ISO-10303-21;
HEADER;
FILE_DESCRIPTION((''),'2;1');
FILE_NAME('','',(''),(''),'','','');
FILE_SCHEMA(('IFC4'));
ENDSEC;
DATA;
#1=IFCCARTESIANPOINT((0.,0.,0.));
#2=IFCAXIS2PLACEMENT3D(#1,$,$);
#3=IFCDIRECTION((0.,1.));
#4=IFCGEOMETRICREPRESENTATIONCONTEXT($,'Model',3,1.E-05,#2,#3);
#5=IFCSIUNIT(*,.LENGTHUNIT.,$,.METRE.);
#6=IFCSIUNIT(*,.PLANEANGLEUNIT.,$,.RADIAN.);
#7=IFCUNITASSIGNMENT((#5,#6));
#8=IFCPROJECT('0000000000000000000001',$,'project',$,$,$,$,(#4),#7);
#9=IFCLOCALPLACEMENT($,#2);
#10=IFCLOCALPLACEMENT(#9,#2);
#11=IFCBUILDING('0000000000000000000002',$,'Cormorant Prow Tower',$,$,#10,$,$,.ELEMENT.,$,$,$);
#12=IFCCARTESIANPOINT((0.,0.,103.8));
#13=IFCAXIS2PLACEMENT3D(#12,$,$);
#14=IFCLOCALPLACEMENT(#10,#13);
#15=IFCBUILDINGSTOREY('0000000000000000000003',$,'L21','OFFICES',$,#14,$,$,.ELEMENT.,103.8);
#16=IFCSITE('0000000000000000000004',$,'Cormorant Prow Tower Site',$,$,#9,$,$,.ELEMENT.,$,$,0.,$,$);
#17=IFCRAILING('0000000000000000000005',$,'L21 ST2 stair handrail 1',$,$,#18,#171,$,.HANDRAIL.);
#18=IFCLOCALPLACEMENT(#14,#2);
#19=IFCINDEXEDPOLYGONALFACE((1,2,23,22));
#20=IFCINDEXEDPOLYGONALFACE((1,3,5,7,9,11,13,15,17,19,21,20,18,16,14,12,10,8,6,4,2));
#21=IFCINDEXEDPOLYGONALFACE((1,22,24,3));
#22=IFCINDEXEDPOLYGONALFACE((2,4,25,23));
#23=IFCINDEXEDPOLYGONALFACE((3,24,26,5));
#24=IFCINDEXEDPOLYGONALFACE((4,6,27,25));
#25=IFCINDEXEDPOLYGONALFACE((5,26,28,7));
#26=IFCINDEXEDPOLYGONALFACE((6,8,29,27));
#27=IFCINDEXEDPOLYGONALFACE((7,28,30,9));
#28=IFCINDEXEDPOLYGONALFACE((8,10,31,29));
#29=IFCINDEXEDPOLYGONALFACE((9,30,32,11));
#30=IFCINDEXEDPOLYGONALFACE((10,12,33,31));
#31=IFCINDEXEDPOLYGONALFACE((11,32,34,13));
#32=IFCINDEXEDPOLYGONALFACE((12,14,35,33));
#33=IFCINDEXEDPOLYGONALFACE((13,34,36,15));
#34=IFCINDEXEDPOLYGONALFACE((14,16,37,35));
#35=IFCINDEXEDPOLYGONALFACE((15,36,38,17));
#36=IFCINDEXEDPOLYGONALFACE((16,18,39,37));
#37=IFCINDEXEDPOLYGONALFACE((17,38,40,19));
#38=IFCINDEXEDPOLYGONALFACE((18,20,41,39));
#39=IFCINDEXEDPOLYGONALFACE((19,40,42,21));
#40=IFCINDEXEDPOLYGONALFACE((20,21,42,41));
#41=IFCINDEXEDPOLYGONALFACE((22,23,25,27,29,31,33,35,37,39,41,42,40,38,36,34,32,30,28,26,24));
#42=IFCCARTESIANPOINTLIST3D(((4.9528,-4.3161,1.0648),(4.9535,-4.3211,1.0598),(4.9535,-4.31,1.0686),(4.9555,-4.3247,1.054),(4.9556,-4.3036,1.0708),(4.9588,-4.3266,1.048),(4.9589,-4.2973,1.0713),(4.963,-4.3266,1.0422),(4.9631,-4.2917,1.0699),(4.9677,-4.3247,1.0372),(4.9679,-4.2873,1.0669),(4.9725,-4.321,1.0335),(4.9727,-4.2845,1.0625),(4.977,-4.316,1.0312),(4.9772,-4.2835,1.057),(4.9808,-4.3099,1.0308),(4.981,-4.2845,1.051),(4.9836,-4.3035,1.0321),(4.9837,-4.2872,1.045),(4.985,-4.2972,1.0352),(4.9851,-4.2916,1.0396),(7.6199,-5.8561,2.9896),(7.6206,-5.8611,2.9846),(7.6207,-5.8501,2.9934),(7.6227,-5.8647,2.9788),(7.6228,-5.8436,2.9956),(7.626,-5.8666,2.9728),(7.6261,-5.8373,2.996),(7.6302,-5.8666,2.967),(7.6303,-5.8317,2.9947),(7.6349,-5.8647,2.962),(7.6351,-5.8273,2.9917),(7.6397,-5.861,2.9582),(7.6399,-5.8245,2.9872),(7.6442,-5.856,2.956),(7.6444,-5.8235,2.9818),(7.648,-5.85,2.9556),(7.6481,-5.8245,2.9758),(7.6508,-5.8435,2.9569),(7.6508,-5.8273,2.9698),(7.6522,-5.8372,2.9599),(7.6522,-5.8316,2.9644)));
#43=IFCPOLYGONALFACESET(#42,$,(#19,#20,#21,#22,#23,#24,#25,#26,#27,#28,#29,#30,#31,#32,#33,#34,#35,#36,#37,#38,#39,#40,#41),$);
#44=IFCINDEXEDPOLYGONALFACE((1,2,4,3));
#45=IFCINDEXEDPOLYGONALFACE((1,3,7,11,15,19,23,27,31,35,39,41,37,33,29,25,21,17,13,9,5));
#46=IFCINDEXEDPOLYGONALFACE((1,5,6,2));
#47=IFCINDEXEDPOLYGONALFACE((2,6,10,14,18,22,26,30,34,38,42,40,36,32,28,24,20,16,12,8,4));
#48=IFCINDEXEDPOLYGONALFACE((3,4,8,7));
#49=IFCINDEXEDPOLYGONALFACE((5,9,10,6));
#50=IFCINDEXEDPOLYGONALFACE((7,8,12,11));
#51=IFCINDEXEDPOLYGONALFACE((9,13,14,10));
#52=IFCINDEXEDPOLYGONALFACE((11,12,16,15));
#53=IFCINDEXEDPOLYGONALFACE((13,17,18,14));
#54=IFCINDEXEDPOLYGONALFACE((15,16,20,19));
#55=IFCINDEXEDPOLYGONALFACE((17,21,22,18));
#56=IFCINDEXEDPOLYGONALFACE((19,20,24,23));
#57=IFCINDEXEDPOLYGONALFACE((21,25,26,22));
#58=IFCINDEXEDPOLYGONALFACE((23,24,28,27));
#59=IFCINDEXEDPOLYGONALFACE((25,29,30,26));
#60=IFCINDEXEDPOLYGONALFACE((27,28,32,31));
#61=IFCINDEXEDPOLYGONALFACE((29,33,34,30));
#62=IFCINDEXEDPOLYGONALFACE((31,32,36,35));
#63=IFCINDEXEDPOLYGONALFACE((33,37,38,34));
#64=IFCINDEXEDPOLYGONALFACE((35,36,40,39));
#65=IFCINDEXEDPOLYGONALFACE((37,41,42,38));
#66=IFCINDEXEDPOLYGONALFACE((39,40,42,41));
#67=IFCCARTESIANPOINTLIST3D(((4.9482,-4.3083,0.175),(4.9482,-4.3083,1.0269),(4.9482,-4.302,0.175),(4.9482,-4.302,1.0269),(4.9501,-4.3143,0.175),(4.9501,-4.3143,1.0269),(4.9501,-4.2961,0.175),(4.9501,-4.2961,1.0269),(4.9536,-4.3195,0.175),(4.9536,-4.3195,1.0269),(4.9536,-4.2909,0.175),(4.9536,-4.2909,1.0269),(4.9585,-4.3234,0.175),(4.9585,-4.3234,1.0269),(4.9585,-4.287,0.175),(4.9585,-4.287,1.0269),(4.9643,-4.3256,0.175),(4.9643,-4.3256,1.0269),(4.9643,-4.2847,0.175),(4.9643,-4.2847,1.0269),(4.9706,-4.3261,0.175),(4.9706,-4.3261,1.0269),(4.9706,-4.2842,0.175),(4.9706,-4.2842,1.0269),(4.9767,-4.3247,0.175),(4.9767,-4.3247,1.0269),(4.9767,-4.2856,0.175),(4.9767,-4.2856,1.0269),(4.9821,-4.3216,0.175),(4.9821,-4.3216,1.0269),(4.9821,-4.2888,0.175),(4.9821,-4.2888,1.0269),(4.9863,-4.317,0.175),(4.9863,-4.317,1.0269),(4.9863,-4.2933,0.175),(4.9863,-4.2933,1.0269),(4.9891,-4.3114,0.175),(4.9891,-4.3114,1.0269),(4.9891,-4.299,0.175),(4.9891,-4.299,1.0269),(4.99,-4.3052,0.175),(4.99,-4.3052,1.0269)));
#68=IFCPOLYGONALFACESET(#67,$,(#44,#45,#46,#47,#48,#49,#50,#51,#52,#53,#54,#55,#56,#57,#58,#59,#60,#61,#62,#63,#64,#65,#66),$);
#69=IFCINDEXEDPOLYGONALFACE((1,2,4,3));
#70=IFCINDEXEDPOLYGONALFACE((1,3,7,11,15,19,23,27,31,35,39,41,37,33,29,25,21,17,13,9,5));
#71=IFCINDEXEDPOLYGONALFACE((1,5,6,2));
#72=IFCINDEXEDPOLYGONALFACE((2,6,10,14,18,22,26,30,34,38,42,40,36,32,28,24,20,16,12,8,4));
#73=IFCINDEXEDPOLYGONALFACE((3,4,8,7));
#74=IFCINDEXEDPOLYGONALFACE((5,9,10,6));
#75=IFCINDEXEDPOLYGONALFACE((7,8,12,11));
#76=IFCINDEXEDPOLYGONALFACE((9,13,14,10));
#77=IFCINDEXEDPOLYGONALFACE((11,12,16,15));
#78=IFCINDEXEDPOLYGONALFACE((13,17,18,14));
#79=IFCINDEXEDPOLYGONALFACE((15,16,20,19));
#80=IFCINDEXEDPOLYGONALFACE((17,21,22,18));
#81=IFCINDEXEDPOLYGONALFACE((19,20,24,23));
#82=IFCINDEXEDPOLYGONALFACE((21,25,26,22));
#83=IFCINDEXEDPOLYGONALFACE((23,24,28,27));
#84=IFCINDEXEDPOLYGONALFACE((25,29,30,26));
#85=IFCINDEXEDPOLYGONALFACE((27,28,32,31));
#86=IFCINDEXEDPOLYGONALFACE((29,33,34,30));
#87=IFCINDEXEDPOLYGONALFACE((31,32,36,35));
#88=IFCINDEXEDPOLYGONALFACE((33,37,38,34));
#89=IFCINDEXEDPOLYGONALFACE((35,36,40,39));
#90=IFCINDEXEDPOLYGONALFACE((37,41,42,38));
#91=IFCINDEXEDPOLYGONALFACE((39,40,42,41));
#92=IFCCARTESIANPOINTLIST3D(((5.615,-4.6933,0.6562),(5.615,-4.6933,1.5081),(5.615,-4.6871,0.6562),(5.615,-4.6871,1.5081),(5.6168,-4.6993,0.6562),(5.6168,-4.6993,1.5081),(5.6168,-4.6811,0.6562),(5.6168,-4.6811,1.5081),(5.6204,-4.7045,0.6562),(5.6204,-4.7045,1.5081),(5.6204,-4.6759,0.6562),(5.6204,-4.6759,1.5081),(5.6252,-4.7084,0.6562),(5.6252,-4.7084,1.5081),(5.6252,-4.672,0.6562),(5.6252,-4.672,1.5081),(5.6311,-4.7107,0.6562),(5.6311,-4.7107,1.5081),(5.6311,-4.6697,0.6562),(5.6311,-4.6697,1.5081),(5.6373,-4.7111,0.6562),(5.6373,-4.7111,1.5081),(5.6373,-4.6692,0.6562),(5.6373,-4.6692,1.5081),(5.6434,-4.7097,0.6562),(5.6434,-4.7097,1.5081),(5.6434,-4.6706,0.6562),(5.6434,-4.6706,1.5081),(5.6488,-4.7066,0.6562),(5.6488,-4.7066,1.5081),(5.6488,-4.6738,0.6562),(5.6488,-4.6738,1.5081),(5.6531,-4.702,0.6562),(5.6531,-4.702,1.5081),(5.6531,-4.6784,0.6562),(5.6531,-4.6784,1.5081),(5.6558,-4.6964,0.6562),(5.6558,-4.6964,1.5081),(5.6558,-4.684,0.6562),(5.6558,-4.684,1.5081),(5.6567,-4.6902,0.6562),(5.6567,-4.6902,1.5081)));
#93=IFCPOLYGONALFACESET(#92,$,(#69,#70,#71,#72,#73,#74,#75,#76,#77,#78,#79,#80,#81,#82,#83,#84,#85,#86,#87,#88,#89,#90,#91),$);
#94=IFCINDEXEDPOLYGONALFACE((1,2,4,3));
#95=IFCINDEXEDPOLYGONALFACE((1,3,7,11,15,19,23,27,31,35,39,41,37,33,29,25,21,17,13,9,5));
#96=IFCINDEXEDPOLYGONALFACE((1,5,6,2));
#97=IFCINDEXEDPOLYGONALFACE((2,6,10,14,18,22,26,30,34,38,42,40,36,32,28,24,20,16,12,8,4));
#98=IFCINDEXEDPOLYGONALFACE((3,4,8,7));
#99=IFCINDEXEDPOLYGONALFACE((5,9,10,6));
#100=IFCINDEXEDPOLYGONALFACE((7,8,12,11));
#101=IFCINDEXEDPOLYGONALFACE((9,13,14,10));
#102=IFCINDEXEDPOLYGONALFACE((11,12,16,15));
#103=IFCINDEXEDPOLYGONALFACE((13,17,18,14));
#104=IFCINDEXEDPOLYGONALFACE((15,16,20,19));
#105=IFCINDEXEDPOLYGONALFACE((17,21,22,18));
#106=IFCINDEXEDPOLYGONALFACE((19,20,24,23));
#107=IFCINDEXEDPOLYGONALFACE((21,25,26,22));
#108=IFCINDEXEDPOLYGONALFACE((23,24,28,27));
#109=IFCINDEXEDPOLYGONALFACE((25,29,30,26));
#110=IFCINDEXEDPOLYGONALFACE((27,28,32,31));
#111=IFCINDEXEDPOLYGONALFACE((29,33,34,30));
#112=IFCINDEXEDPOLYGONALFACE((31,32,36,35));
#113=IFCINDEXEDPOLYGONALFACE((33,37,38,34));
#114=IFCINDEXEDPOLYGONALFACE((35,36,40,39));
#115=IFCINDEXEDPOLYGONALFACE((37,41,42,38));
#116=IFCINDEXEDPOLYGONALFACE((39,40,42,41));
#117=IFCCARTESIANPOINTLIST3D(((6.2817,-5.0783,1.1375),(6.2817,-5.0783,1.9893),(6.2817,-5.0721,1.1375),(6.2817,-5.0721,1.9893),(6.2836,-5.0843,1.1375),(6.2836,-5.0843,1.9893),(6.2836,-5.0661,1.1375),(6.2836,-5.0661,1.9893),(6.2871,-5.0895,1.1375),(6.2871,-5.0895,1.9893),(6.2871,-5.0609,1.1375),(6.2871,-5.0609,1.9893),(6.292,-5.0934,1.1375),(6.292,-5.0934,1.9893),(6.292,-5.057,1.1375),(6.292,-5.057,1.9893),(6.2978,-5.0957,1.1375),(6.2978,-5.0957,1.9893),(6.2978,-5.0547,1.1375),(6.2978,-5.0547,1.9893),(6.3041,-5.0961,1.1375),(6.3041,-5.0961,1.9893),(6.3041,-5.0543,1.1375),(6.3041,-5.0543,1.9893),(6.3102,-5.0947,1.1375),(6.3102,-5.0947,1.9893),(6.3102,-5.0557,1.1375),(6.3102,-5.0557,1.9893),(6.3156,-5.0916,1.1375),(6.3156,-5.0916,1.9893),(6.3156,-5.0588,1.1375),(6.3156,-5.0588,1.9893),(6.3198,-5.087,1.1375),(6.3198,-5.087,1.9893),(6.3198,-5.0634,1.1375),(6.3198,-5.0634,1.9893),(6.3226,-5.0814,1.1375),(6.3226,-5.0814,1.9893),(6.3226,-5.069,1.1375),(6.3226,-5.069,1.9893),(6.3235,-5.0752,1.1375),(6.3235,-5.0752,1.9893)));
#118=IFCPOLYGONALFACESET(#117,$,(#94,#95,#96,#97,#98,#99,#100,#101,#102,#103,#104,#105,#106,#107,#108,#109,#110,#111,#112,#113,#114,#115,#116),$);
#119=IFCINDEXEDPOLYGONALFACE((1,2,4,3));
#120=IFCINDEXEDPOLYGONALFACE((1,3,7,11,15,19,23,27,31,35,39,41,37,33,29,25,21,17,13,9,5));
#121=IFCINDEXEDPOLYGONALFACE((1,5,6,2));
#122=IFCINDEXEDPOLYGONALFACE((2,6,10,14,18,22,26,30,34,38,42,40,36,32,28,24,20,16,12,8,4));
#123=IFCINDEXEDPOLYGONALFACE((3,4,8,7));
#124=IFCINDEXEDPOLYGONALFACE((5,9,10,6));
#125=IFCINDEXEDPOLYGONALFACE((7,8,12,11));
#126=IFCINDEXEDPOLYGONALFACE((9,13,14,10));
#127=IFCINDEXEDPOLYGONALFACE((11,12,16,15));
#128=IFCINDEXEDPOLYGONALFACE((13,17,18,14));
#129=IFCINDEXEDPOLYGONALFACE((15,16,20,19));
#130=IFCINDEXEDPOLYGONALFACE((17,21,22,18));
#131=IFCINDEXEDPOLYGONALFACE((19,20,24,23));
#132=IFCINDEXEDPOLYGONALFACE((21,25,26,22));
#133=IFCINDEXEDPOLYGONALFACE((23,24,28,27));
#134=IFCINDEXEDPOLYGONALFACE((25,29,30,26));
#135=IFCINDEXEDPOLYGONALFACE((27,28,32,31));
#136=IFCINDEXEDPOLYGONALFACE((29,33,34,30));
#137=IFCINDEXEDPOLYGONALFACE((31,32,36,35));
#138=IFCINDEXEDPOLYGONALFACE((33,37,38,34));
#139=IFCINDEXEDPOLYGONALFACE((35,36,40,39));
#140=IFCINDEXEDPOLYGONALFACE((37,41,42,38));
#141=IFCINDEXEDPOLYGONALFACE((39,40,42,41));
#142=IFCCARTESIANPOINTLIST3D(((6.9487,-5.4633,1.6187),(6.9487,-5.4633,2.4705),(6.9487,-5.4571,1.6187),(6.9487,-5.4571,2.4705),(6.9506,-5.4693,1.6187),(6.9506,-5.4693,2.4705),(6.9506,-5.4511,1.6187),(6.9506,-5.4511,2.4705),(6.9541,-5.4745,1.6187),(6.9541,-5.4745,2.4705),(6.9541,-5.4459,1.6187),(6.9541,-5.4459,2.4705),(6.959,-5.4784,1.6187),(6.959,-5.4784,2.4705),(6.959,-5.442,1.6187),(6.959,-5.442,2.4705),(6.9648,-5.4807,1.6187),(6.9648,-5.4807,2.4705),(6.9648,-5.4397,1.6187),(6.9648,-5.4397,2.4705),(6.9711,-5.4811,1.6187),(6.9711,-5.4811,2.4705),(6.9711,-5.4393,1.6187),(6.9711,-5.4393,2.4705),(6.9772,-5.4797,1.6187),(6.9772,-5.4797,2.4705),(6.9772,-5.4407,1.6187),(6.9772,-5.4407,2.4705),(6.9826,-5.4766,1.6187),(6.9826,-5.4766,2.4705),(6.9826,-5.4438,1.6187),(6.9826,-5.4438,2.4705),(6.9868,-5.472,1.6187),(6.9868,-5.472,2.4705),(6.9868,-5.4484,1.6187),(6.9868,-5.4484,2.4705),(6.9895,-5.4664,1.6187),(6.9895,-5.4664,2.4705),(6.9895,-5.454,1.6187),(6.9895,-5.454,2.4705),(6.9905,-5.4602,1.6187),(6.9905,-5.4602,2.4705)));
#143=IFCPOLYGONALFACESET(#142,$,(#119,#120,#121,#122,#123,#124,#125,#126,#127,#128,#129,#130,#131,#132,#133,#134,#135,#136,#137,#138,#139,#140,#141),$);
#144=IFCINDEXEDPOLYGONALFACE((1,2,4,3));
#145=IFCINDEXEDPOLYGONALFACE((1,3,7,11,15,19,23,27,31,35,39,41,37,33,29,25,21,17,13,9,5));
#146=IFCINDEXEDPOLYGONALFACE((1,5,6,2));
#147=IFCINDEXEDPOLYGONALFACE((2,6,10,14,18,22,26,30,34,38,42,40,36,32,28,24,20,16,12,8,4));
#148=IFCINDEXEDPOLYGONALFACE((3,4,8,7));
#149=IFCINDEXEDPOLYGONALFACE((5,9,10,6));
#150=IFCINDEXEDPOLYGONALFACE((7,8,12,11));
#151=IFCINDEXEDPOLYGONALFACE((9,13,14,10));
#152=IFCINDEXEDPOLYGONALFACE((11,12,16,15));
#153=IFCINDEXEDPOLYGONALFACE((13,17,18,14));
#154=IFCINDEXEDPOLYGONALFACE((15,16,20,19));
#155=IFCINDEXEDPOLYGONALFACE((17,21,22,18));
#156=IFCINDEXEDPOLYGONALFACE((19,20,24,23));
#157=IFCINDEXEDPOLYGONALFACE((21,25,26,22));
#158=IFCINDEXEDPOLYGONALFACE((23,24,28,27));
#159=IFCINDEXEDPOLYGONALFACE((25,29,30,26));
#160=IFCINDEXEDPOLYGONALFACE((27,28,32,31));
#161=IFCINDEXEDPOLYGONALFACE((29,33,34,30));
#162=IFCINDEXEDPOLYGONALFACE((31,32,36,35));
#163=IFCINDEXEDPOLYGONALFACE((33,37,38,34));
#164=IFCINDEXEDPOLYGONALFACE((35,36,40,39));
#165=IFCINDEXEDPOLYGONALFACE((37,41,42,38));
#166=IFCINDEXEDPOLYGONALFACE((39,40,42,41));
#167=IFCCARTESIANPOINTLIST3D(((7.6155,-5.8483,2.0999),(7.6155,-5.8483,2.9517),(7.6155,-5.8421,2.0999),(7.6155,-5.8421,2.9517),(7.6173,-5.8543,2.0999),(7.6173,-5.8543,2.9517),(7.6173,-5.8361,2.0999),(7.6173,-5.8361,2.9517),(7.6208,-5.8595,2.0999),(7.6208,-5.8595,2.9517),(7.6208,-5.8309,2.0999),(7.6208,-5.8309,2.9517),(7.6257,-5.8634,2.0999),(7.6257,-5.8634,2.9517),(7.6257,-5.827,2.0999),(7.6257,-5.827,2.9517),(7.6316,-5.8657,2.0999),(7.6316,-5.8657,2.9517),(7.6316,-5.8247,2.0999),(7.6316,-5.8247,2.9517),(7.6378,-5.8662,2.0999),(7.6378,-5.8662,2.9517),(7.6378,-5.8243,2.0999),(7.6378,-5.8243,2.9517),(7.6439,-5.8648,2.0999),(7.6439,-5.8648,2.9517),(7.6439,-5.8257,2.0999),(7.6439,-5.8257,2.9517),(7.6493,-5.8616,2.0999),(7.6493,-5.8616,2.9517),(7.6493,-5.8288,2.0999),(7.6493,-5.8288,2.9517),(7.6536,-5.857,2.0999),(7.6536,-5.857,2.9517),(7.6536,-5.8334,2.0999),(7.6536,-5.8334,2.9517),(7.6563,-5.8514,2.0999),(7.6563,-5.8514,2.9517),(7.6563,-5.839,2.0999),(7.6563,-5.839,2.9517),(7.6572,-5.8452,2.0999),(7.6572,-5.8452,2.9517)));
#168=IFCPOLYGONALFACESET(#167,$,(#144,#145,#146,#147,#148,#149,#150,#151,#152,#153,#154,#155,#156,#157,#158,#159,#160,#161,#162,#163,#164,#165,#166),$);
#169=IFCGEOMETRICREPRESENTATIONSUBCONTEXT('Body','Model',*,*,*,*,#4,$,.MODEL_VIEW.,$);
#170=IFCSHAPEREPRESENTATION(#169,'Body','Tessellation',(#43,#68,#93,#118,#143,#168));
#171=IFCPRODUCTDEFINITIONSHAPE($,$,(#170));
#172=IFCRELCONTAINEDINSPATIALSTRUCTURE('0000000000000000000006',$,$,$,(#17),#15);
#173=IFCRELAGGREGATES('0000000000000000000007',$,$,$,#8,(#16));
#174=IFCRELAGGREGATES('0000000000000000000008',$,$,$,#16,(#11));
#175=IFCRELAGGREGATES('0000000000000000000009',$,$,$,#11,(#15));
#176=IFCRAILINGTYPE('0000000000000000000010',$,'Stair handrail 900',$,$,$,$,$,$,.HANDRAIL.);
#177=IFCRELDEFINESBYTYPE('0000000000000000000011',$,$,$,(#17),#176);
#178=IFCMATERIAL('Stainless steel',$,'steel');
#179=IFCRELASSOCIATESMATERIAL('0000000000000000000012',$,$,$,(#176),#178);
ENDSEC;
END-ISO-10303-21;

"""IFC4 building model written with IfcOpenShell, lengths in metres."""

from ifc_helpers import new_model, si_unit, direction, frame, origin, origin_2d, place, context, subcontext, project, spatial, circle, extrude, material, type_object, element, save


model = new_model("IFC4")

# Units and contexts
model_context = context("Model", 3, precision=1e-05, world=origin(), true_north=direction((0.0, 1.0)))
body_context = subcontext(model_context, "Body", "Model", "MODEL_VIEW")
ifc_project = project(units=[si_unit("LENGTHUNIT", "METRE"), si_unit("PLANEANGLEUNIT", "RADIAN")], contexts=[model_context])

# Site, building, storey
site_placement = place(None, origin())
site = spatial("IfcSite", under=ifc_project, at=site_placement, Name="Cormorant Prow Tower Site", CompositionType="ELEMENT", RefElevation=0.0)
building_placement = place(site_placement, origin())
building = spatial("IfcBuilding", under=site, at=building_placement, Name="Cormorant Prow Tower", CompositionType="ELEMENT")
storey_placement = place(building_placement, frame((0.0, 0.0, 103.8)))
storey = spatial("IfcBuildingStorey", under=building, at=storey_placement, Name="L21", Description="OFFICES", CompositionType="ELEMENT", Elevation=103.8)

# Railing
ifc_material_1 = material(Name="Stainless steel", Category="steel")
railing_type_1 = type_object("IfcRailingType", Name="Stair handrail 900", PredefinedType="HANDRAIL", material=ifc_material_1)
railing_1_placement = place(storey_placement, frame((4.969, -4.3052, 0.175)))
element("IfcRailing", 1, at=railing_1_placement, inside=storey, type_object=railing_type_1, Name="L21 ST2 stair handrail 1", PredefinedType="HANDRAIL", context=body_context, shape_type="SweptSolid", body=[
    extrude(circle(Radius=0.0239, at=origin_2d()), frame((0.0, 0.0, 0.876), z_axis=(0.73439, -0.424031, 0.529971), x_axis=(0.500027, 0.86601, 0.0)), (0.0, 0.0, 1.0), 3.6318),
    extrude(circle(Radius=0.021, at=origin_2d()), origin(), (0.0, 0.0, 1.0), 0.8518),
    extrude(circle(Radius=0.021, at=origin_2d()), frame((0.6667, -0.385, 0.4812)), (0.0, 0.0, 1.0), 0.8518),
    extrude(circle(Radius=0.021, at=origin_2d()), frame((1.3335, -0.77, 0.9624)), (0.0, 0.0, 1.0), 0.8518),
    extrude(circle(Radius=0.021, at=origin_2d()), frame((2.0005, -1.155, 1.4436)), (0.0, 0.0, 1.0), 0.8518),
    extrude(circle(Radius=0.021, at=origin_2d()), frame((2.6672, -1.54, 1.9248)), (0.0, 0.0, 1.0), 0.8518),
])

save(model, "model.ifc")
